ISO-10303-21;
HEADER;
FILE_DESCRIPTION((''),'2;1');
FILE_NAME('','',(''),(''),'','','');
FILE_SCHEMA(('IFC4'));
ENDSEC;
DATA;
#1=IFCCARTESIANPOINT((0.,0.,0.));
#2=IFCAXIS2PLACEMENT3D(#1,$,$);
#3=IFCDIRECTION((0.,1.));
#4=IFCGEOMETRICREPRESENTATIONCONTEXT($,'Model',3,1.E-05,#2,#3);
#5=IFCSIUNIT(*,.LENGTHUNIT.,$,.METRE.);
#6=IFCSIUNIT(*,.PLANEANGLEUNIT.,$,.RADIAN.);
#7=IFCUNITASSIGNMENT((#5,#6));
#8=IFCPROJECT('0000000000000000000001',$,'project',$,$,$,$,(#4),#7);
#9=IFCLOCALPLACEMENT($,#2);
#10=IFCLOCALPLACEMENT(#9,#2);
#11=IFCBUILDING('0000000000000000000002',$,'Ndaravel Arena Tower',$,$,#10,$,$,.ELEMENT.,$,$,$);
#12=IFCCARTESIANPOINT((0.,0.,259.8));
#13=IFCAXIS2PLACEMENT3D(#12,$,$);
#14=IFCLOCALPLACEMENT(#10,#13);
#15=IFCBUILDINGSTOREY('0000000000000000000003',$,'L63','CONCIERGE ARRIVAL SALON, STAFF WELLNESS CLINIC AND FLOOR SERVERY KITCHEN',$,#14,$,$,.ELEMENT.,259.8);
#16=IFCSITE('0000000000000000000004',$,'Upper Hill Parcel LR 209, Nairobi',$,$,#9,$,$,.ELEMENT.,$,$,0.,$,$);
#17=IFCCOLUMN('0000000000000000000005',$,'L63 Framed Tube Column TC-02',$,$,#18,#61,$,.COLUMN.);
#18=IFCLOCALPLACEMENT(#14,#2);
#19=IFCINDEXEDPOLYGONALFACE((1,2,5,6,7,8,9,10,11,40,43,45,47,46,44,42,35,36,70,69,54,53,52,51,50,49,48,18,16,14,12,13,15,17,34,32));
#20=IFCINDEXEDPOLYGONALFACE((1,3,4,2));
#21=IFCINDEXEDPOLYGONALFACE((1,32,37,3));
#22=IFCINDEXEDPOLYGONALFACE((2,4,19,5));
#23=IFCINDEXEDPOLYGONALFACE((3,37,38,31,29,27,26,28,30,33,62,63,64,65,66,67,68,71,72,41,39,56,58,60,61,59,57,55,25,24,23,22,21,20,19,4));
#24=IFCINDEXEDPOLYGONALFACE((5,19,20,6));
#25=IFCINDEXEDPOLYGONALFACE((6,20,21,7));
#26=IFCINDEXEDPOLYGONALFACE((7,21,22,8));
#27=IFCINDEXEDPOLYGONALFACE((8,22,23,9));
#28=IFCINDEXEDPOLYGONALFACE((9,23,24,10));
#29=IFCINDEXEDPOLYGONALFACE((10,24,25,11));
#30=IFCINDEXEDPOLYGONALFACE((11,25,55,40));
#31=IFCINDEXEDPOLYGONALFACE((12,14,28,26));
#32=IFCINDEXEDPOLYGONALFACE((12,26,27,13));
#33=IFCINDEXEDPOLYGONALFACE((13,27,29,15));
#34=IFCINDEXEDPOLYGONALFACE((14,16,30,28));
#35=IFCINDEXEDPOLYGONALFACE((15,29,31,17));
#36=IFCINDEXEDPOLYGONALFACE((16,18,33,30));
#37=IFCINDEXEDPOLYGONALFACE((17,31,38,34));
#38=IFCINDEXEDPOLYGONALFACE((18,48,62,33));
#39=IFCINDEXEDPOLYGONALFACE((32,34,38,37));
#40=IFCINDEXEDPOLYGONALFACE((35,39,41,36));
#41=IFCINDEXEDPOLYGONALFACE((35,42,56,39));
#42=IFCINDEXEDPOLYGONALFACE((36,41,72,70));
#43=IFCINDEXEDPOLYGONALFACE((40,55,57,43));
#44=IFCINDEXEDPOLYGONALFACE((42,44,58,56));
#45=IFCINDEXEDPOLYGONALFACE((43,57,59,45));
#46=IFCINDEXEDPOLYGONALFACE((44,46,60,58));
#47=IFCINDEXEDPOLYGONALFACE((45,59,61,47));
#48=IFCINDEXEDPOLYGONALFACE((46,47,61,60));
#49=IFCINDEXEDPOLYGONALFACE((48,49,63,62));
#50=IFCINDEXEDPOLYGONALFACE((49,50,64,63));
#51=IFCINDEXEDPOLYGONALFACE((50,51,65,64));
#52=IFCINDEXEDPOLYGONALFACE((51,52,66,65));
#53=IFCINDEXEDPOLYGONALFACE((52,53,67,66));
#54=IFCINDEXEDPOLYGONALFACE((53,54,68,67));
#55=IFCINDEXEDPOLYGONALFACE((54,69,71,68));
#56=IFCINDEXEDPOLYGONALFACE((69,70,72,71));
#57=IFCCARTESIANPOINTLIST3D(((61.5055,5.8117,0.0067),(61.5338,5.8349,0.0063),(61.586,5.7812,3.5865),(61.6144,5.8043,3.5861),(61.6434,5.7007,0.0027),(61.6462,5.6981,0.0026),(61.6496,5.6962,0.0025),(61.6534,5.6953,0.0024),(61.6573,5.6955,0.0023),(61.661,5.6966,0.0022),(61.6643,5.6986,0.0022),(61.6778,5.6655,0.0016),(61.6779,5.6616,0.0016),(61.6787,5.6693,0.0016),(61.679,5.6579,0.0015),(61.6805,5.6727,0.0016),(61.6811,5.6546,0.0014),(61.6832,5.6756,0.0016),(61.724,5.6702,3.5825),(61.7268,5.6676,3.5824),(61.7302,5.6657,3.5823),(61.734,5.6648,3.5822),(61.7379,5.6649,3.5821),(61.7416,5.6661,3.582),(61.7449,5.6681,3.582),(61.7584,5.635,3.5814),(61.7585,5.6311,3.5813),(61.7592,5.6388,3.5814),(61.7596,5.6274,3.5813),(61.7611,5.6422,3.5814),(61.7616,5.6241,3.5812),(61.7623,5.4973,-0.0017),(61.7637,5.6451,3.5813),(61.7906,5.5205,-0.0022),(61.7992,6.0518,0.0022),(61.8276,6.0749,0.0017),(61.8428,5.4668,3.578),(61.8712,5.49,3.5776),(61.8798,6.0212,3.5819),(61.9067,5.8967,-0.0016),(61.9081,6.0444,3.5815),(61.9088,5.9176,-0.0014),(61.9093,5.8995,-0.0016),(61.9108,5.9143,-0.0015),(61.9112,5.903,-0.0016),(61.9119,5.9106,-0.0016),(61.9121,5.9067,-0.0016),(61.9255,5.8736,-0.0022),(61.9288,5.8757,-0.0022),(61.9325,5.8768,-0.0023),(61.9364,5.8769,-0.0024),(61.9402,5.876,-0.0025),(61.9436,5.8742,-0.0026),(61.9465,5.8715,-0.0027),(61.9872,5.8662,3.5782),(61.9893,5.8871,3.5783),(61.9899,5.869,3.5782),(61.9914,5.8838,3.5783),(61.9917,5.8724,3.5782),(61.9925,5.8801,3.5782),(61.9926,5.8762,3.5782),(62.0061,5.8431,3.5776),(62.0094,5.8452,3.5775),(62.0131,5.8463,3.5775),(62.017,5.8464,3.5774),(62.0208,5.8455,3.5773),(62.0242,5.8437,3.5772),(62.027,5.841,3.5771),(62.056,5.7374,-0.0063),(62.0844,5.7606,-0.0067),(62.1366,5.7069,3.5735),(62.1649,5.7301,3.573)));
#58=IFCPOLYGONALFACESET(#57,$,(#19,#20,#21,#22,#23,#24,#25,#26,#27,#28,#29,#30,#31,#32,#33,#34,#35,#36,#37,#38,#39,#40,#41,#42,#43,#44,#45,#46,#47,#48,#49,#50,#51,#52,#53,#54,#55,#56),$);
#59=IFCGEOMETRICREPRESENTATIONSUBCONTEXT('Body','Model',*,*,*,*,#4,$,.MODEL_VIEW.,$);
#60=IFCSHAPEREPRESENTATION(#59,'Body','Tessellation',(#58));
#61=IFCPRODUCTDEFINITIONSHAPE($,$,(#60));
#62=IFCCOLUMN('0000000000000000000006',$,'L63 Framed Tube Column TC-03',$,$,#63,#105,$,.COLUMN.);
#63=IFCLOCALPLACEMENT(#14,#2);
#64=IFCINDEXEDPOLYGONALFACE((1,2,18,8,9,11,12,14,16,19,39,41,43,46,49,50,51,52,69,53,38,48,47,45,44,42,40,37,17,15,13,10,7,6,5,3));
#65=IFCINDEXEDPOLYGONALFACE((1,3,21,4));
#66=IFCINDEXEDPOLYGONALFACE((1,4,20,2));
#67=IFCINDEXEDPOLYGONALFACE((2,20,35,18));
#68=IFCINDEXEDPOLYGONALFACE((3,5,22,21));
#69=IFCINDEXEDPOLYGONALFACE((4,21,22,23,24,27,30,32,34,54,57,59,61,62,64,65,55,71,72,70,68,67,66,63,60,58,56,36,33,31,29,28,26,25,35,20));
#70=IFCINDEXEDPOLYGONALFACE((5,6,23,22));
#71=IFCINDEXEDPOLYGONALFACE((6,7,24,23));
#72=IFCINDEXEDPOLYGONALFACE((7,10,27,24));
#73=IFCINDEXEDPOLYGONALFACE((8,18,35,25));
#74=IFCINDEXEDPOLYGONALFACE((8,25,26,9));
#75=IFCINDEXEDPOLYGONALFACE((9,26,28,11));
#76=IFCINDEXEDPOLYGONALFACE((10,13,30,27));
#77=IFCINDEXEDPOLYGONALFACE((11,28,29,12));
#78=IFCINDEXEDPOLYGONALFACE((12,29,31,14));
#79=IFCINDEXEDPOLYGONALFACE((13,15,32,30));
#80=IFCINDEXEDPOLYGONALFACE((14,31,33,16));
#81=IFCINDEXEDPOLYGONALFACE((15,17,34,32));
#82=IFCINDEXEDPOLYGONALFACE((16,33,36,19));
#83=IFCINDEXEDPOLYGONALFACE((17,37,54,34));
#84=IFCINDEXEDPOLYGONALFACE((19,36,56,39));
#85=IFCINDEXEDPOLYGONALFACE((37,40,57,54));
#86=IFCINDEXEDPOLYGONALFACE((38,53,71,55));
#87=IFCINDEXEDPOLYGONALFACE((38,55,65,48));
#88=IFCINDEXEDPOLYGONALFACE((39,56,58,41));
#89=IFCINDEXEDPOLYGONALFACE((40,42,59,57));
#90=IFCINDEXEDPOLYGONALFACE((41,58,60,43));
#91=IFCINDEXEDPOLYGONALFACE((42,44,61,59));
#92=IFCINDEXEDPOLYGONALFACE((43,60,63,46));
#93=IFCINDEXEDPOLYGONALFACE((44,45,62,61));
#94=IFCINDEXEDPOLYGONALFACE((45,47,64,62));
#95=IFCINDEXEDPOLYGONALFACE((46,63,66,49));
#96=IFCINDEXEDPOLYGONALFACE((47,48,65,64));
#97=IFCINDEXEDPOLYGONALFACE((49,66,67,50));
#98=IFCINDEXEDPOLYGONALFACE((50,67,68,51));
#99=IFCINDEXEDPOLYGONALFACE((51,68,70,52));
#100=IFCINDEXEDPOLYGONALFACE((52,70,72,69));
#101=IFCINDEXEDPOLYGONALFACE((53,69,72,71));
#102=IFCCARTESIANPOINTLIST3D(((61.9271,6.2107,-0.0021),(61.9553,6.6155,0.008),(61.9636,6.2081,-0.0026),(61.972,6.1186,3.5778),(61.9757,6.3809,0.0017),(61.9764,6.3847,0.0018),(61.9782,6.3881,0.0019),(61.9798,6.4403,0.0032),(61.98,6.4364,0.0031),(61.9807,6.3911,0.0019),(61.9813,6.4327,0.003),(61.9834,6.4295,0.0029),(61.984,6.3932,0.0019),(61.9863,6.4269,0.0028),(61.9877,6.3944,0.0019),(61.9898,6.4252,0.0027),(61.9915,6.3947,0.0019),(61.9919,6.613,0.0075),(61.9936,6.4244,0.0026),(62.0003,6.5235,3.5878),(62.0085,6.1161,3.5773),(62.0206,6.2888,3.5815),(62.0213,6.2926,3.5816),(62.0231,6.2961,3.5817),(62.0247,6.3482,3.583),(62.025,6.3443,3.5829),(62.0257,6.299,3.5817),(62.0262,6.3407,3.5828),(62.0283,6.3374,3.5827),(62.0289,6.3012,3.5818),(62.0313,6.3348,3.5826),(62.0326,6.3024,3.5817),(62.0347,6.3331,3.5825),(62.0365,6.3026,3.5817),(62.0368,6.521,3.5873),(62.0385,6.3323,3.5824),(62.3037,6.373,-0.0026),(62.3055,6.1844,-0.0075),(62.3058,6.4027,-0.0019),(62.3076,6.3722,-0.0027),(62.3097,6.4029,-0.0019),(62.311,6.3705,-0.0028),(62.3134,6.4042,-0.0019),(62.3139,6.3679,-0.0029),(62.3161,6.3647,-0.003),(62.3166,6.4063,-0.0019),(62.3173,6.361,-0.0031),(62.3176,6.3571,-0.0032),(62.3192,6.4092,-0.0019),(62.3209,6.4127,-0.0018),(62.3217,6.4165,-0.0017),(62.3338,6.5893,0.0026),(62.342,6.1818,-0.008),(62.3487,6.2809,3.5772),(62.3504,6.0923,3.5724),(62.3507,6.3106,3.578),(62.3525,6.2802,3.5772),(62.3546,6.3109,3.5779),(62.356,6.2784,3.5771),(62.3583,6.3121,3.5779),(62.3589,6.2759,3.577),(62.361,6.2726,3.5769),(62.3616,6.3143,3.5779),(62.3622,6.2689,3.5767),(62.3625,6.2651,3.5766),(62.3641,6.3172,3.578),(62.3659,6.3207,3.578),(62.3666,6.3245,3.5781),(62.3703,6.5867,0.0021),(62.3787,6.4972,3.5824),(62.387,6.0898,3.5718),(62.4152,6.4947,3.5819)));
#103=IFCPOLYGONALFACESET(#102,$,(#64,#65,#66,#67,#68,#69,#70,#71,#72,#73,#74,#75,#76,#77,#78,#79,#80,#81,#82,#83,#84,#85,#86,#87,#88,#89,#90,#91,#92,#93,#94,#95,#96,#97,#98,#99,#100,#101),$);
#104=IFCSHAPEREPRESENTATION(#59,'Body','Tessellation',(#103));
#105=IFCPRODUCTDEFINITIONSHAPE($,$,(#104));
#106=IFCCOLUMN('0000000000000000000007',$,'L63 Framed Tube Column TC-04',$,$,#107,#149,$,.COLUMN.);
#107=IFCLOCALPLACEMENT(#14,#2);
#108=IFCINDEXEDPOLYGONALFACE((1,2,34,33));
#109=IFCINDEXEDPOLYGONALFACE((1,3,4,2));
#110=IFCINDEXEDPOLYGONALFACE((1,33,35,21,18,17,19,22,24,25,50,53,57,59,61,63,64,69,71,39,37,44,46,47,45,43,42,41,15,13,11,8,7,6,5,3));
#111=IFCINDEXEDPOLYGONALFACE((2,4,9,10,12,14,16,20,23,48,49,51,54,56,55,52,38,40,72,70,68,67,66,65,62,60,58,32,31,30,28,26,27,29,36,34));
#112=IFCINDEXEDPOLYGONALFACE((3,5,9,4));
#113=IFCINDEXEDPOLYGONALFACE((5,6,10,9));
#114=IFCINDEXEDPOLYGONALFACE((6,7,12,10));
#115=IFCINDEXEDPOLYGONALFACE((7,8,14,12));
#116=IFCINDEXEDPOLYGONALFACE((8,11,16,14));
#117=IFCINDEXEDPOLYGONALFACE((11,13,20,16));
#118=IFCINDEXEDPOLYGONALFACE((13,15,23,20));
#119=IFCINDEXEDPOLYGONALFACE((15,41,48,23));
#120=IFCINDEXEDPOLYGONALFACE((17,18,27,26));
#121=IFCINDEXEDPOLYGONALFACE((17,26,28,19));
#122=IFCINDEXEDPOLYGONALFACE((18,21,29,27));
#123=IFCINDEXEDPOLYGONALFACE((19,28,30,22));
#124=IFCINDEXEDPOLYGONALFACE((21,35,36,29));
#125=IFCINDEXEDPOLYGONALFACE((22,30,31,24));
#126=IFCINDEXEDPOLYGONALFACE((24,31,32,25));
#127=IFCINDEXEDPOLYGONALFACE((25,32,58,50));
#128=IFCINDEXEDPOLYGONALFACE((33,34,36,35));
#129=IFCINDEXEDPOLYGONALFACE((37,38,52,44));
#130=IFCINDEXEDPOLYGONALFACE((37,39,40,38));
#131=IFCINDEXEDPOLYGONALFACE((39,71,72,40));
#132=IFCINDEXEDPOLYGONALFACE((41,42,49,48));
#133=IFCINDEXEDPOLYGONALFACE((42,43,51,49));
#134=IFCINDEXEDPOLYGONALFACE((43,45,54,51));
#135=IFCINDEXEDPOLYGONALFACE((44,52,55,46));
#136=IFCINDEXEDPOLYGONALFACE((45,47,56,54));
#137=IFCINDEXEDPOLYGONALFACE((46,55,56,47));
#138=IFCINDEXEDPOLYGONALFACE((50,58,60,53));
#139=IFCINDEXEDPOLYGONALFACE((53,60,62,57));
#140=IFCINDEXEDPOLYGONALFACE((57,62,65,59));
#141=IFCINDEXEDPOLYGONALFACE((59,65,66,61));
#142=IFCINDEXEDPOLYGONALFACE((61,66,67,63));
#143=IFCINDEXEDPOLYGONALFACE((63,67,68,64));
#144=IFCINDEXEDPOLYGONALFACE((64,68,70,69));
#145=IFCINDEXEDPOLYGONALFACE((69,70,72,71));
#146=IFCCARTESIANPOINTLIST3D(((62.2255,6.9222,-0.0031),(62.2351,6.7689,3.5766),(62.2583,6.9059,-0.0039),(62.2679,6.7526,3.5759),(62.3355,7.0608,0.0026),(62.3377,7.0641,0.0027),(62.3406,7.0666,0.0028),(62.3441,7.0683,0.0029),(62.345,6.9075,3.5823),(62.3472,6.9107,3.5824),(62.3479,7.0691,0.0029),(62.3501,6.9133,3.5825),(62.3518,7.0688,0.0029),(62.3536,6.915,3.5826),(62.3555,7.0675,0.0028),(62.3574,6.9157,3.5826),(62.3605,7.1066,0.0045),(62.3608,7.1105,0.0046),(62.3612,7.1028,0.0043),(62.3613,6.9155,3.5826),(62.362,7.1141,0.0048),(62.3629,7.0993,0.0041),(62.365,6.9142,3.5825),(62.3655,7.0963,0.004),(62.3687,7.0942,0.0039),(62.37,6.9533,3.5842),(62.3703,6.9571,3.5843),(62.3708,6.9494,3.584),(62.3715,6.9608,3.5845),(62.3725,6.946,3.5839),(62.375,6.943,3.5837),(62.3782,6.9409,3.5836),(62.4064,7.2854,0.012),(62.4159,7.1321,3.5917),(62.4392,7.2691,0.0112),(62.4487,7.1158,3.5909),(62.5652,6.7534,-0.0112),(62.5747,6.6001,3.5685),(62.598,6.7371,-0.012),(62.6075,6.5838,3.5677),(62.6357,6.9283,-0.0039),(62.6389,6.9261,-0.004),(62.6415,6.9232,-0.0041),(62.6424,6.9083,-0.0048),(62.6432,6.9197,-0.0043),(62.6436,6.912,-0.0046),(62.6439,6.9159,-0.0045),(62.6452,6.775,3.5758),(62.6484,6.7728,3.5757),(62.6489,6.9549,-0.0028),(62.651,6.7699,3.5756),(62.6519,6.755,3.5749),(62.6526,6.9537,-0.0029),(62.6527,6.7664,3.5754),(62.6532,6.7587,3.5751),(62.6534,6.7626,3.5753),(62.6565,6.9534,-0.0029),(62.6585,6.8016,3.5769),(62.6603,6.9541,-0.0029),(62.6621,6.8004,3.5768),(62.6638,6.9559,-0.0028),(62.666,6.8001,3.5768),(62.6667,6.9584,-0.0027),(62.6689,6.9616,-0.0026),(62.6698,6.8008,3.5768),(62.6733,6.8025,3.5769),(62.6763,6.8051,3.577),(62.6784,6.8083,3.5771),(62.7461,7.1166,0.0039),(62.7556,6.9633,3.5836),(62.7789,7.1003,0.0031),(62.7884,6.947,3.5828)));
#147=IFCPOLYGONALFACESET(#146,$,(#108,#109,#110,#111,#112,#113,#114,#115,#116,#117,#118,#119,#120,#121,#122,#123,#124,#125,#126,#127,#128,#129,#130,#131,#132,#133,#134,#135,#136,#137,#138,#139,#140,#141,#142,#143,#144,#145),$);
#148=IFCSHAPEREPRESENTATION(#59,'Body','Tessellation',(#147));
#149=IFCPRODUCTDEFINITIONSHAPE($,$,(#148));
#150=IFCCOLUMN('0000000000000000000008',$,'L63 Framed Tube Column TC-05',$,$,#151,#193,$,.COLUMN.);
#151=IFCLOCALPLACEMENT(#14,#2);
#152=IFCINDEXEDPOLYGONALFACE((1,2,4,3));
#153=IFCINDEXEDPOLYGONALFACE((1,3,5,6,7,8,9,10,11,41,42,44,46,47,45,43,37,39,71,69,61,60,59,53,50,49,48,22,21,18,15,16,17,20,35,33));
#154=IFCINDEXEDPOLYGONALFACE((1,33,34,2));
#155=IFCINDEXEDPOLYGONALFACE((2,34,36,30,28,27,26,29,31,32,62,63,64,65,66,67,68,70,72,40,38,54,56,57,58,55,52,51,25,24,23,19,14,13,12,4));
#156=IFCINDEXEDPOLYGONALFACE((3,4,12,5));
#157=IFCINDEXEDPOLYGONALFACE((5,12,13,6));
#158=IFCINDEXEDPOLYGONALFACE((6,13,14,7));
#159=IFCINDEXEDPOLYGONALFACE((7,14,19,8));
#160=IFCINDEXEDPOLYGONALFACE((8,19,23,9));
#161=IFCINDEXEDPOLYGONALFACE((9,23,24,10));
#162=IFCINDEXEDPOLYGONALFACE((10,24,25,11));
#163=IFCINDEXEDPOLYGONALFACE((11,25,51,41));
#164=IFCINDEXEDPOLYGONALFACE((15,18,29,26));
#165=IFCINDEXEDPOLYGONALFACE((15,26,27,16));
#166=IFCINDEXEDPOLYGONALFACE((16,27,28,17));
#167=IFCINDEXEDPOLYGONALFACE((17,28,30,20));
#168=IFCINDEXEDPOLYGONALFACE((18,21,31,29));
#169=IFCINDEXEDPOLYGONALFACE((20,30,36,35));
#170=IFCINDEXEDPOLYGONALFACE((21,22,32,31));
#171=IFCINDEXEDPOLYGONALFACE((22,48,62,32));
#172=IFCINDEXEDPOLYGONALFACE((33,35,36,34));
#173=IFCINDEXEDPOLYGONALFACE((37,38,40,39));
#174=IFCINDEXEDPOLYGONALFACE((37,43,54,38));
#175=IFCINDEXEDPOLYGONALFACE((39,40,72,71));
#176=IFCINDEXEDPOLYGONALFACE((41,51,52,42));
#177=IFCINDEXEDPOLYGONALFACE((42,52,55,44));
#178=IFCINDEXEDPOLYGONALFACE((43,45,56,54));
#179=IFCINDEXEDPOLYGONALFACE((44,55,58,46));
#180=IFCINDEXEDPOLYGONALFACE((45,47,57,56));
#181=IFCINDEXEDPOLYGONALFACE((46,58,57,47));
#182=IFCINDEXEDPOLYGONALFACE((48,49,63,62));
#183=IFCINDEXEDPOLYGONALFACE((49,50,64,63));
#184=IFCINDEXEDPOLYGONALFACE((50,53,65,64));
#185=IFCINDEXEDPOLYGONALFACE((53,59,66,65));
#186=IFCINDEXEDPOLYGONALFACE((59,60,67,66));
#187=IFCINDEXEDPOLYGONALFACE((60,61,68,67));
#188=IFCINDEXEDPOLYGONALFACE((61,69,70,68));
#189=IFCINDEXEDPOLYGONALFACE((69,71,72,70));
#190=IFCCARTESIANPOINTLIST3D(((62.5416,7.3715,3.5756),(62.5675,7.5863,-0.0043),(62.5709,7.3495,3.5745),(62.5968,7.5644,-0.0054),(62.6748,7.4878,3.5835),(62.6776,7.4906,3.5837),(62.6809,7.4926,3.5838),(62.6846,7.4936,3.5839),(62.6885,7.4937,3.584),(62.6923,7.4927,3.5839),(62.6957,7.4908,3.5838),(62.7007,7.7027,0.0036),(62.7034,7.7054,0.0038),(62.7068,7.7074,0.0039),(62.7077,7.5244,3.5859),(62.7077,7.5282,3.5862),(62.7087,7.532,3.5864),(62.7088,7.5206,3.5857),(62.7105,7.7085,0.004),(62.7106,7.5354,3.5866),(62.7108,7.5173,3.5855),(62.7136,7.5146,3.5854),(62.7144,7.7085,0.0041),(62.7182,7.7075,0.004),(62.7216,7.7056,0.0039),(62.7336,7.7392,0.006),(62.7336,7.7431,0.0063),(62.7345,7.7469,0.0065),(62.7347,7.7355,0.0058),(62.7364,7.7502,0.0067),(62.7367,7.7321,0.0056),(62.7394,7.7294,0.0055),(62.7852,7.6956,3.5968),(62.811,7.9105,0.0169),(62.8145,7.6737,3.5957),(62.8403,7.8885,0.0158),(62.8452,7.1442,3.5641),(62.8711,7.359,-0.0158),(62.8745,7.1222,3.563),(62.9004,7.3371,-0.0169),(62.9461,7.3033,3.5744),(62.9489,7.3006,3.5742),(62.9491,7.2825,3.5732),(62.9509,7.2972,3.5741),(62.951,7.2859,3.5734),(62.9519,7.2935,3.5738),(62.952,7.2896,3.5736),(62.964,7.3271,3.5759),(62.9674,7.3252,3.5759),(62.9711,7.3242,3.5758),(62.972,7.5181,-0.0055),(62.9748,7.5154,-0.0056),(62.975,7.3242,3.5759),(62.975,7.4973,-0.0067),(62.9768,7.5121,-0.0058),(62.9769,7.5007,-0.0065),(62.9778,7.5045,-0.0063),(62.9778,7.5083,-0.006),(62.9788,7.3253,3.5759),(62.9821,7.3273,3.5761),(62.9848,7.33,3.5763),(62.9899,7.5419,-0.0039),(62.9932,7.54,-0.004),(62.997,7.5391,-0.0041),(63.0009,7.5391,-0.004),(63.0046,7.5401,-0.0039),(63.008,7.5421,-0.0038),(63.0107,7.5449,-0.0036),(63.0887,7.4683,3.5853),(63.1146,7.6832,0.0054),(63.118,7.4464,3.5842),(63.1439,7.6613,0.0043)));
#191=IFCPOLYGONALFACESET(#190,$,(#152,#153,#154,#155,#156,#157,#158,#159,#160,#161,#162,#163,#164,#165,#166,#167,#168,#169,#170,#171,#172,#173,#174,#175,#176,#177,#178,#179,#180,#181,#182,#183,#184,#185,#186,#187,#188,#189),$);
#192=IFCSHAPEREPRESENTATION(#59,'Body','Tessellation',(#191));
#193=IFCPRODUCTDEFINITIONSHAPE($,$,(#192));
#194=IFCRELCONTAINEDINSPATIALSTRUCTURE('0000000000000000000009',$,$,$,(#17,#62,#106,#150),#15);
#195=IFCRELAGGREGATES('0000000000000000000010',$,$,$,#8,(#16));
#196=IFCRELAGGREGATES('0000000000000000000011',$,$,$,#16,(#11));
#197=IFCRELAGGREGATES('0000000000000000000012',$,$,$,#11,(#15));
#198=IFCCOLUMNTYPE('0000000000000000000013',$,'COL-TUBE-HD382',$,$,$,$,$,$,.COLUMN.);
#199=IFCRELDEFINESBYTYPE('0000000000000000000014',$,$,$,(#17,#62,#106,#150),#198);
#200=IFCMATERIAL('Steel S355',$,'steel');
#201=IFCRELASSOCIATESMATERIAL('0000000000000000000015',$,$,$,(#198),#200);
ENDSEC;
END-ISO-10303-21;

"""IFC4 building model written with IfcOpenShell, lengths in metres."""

from ifc_helpers import new_model, si_unit, direction, frame, origin, origin_2d, place, context, subcontext, project, spatial, i_section, extrude, material, material_profile, profile_set, type_object, element, save


model = new_model("IFC4")

# Units and contexts
model_context = context("Model", 3, precision=1e-05, world=origin(), true_north=direction((0.0, 1.0)))
body_context = subcontext(model_context, "Body", "Model", "MODEL_VIEW")
ifc_project = project(units=[si_unit("LENGTHUNIT", "METRE"), si_unit("PLANEANGLEUNIT", "RADIAN")], contexts=[model_context])

# Site, building, storey
site_placement = place(None, origin())
site = spatial("IfcSite", under=ifc_project, at=site_placement, Name="Upper Hill Parcel LR 209, Nairobi", CompositionType="ELEMENT", RefElevation=0.0)
building_placement = place(site_placement, origin())
building = spatial("IfcBuilding", under=site, at=building_placement, Name="Ndaravel Arena Tower", CompositionType="ELEMENT")
storey_placement = place(building_placement, frame((0.0, 0.0, 259.8)))
storey = spatial("IfcBuildingStorey", under=building, at=storey_placement, Name="L63", Description="CONCIERGE ARRIVAL SALON, STAFF WELLNESS CLINIC AND FLOOR SERVERY KITCHEN", CompositionType="ELEMENT", Elevation=259.8)

# Columns
ifc_material_1 = material(Name="Steel S355", Category="steel")
ifc_material_profile_1 = material_profile(ifc_material_1, i_section(OverallWidth=0.406, OverallDepth=0.416, WebThickness=0.0298, FlangeThickness=0.0366, FilletRadius=0.0149, at=origin_2d()), Name="HD 400x382")
ifc_profile_set_1 = profile_set([ifc_material_profile_1], Name="Steel S355")
column_type = type_object("IfcColumnType", Name="COL-TUBE-HD382", PredefinedType="COLUMN", material=ifc_profile_set_1)
column_1_placement = place(storey_placement, frame((61.7949, 5.7861, 0.0), z_axis=(0.022499, -0.008522, 0.999711), x_axis=(-0.632524, 0.774261, 0.020836)))
element("IfcColumn", 1, at=column_1_placement, inside=storey, type_object=column_type, Name="L63 Framed Tube Column TC-02", PredefinedType="COLUMN", context=body_context, shape_type="SweptSolid", body=[
    extrude(i_section(OverallWidth=0.406, OverallDepth=0.416, WebThickness=0.0298, FlangeThickness=0.0366, FilletRadius=0.0149, at=origin_2d()), origin(), (0.0, 0.0, 1.0), 3.5808),
])
column_2_placement = place(storey_placement, frame((62.1487, 6.3987, 0.0), z_axis=(0.012543, -0.0257, 0.999591), x_axis=(0.069645, 0.997264, 0.024767)))
element("IfcColumn", 2, at=column_2_placement, inside=storey, type_object=column_type, Name="L63 Framed Tube Column TC-03", PredefinedType="COLUMN", context=body_context, shape_type="SweptSolid", body=[
    extrude(i_section(OverallWidth=0.406, OverallDepth=0.416, WebThickness=0.0298, FlangeThickness=0.0366, FilletRadius=0.0149, at=origin_2d()), origin(), (0.0, 0.0, 1.0), 3.5813),
])
column_3_placement = place(storey_placement, frame((62.5022, 7.0112, 0.0), z_axis=(0.002657, -0.04279, 0.999081), x_axis=(0.44541, 0.894557, 0.037128)))
element("IfcColumn", 3, at=column_3_placement, inside=storey, type_object=column_type, Name="L63 Framed Tube Column TC-04", PredefinedType="COLUMN", context=body_context, shape_type="SweptSolid", body=[
    extrude(i_section(OverallWidth=0.406, OverallDepth=0.416, WebThickness=0.0298, FlangeThickness=0.0366, FilletRadius=0.0149, at=origin_2d()), origin(), (0.0, 0.0, 1.0), 3.583),
])
column_4_placement = place(storey_placement, frame((62.8557, 7.6238, 0.0), z_axis=(-0.007216, -0.059906, 0.998178), x_axis=(0.599791, 0.798449, 0.052255)))
element("IfcColumn", 4, at=column_4_placement, inside=storey, type_object=column_type, Name="L63 Framed Tube Column TC-05", PredefinedType="COLUMN", context=body_context, shape_type="SweptSolid", body=[
    extrude(i_section(OverallWidth=0.406, OverallDepth=0.416, WebThickness=0.0298, FlangeThickness=0.0366, FilletRadius=0.0149, at=origin_2d()), origin(), (0.0, 0.0, 1.0), 3.5864),
])

save(model, "model.ifc")
